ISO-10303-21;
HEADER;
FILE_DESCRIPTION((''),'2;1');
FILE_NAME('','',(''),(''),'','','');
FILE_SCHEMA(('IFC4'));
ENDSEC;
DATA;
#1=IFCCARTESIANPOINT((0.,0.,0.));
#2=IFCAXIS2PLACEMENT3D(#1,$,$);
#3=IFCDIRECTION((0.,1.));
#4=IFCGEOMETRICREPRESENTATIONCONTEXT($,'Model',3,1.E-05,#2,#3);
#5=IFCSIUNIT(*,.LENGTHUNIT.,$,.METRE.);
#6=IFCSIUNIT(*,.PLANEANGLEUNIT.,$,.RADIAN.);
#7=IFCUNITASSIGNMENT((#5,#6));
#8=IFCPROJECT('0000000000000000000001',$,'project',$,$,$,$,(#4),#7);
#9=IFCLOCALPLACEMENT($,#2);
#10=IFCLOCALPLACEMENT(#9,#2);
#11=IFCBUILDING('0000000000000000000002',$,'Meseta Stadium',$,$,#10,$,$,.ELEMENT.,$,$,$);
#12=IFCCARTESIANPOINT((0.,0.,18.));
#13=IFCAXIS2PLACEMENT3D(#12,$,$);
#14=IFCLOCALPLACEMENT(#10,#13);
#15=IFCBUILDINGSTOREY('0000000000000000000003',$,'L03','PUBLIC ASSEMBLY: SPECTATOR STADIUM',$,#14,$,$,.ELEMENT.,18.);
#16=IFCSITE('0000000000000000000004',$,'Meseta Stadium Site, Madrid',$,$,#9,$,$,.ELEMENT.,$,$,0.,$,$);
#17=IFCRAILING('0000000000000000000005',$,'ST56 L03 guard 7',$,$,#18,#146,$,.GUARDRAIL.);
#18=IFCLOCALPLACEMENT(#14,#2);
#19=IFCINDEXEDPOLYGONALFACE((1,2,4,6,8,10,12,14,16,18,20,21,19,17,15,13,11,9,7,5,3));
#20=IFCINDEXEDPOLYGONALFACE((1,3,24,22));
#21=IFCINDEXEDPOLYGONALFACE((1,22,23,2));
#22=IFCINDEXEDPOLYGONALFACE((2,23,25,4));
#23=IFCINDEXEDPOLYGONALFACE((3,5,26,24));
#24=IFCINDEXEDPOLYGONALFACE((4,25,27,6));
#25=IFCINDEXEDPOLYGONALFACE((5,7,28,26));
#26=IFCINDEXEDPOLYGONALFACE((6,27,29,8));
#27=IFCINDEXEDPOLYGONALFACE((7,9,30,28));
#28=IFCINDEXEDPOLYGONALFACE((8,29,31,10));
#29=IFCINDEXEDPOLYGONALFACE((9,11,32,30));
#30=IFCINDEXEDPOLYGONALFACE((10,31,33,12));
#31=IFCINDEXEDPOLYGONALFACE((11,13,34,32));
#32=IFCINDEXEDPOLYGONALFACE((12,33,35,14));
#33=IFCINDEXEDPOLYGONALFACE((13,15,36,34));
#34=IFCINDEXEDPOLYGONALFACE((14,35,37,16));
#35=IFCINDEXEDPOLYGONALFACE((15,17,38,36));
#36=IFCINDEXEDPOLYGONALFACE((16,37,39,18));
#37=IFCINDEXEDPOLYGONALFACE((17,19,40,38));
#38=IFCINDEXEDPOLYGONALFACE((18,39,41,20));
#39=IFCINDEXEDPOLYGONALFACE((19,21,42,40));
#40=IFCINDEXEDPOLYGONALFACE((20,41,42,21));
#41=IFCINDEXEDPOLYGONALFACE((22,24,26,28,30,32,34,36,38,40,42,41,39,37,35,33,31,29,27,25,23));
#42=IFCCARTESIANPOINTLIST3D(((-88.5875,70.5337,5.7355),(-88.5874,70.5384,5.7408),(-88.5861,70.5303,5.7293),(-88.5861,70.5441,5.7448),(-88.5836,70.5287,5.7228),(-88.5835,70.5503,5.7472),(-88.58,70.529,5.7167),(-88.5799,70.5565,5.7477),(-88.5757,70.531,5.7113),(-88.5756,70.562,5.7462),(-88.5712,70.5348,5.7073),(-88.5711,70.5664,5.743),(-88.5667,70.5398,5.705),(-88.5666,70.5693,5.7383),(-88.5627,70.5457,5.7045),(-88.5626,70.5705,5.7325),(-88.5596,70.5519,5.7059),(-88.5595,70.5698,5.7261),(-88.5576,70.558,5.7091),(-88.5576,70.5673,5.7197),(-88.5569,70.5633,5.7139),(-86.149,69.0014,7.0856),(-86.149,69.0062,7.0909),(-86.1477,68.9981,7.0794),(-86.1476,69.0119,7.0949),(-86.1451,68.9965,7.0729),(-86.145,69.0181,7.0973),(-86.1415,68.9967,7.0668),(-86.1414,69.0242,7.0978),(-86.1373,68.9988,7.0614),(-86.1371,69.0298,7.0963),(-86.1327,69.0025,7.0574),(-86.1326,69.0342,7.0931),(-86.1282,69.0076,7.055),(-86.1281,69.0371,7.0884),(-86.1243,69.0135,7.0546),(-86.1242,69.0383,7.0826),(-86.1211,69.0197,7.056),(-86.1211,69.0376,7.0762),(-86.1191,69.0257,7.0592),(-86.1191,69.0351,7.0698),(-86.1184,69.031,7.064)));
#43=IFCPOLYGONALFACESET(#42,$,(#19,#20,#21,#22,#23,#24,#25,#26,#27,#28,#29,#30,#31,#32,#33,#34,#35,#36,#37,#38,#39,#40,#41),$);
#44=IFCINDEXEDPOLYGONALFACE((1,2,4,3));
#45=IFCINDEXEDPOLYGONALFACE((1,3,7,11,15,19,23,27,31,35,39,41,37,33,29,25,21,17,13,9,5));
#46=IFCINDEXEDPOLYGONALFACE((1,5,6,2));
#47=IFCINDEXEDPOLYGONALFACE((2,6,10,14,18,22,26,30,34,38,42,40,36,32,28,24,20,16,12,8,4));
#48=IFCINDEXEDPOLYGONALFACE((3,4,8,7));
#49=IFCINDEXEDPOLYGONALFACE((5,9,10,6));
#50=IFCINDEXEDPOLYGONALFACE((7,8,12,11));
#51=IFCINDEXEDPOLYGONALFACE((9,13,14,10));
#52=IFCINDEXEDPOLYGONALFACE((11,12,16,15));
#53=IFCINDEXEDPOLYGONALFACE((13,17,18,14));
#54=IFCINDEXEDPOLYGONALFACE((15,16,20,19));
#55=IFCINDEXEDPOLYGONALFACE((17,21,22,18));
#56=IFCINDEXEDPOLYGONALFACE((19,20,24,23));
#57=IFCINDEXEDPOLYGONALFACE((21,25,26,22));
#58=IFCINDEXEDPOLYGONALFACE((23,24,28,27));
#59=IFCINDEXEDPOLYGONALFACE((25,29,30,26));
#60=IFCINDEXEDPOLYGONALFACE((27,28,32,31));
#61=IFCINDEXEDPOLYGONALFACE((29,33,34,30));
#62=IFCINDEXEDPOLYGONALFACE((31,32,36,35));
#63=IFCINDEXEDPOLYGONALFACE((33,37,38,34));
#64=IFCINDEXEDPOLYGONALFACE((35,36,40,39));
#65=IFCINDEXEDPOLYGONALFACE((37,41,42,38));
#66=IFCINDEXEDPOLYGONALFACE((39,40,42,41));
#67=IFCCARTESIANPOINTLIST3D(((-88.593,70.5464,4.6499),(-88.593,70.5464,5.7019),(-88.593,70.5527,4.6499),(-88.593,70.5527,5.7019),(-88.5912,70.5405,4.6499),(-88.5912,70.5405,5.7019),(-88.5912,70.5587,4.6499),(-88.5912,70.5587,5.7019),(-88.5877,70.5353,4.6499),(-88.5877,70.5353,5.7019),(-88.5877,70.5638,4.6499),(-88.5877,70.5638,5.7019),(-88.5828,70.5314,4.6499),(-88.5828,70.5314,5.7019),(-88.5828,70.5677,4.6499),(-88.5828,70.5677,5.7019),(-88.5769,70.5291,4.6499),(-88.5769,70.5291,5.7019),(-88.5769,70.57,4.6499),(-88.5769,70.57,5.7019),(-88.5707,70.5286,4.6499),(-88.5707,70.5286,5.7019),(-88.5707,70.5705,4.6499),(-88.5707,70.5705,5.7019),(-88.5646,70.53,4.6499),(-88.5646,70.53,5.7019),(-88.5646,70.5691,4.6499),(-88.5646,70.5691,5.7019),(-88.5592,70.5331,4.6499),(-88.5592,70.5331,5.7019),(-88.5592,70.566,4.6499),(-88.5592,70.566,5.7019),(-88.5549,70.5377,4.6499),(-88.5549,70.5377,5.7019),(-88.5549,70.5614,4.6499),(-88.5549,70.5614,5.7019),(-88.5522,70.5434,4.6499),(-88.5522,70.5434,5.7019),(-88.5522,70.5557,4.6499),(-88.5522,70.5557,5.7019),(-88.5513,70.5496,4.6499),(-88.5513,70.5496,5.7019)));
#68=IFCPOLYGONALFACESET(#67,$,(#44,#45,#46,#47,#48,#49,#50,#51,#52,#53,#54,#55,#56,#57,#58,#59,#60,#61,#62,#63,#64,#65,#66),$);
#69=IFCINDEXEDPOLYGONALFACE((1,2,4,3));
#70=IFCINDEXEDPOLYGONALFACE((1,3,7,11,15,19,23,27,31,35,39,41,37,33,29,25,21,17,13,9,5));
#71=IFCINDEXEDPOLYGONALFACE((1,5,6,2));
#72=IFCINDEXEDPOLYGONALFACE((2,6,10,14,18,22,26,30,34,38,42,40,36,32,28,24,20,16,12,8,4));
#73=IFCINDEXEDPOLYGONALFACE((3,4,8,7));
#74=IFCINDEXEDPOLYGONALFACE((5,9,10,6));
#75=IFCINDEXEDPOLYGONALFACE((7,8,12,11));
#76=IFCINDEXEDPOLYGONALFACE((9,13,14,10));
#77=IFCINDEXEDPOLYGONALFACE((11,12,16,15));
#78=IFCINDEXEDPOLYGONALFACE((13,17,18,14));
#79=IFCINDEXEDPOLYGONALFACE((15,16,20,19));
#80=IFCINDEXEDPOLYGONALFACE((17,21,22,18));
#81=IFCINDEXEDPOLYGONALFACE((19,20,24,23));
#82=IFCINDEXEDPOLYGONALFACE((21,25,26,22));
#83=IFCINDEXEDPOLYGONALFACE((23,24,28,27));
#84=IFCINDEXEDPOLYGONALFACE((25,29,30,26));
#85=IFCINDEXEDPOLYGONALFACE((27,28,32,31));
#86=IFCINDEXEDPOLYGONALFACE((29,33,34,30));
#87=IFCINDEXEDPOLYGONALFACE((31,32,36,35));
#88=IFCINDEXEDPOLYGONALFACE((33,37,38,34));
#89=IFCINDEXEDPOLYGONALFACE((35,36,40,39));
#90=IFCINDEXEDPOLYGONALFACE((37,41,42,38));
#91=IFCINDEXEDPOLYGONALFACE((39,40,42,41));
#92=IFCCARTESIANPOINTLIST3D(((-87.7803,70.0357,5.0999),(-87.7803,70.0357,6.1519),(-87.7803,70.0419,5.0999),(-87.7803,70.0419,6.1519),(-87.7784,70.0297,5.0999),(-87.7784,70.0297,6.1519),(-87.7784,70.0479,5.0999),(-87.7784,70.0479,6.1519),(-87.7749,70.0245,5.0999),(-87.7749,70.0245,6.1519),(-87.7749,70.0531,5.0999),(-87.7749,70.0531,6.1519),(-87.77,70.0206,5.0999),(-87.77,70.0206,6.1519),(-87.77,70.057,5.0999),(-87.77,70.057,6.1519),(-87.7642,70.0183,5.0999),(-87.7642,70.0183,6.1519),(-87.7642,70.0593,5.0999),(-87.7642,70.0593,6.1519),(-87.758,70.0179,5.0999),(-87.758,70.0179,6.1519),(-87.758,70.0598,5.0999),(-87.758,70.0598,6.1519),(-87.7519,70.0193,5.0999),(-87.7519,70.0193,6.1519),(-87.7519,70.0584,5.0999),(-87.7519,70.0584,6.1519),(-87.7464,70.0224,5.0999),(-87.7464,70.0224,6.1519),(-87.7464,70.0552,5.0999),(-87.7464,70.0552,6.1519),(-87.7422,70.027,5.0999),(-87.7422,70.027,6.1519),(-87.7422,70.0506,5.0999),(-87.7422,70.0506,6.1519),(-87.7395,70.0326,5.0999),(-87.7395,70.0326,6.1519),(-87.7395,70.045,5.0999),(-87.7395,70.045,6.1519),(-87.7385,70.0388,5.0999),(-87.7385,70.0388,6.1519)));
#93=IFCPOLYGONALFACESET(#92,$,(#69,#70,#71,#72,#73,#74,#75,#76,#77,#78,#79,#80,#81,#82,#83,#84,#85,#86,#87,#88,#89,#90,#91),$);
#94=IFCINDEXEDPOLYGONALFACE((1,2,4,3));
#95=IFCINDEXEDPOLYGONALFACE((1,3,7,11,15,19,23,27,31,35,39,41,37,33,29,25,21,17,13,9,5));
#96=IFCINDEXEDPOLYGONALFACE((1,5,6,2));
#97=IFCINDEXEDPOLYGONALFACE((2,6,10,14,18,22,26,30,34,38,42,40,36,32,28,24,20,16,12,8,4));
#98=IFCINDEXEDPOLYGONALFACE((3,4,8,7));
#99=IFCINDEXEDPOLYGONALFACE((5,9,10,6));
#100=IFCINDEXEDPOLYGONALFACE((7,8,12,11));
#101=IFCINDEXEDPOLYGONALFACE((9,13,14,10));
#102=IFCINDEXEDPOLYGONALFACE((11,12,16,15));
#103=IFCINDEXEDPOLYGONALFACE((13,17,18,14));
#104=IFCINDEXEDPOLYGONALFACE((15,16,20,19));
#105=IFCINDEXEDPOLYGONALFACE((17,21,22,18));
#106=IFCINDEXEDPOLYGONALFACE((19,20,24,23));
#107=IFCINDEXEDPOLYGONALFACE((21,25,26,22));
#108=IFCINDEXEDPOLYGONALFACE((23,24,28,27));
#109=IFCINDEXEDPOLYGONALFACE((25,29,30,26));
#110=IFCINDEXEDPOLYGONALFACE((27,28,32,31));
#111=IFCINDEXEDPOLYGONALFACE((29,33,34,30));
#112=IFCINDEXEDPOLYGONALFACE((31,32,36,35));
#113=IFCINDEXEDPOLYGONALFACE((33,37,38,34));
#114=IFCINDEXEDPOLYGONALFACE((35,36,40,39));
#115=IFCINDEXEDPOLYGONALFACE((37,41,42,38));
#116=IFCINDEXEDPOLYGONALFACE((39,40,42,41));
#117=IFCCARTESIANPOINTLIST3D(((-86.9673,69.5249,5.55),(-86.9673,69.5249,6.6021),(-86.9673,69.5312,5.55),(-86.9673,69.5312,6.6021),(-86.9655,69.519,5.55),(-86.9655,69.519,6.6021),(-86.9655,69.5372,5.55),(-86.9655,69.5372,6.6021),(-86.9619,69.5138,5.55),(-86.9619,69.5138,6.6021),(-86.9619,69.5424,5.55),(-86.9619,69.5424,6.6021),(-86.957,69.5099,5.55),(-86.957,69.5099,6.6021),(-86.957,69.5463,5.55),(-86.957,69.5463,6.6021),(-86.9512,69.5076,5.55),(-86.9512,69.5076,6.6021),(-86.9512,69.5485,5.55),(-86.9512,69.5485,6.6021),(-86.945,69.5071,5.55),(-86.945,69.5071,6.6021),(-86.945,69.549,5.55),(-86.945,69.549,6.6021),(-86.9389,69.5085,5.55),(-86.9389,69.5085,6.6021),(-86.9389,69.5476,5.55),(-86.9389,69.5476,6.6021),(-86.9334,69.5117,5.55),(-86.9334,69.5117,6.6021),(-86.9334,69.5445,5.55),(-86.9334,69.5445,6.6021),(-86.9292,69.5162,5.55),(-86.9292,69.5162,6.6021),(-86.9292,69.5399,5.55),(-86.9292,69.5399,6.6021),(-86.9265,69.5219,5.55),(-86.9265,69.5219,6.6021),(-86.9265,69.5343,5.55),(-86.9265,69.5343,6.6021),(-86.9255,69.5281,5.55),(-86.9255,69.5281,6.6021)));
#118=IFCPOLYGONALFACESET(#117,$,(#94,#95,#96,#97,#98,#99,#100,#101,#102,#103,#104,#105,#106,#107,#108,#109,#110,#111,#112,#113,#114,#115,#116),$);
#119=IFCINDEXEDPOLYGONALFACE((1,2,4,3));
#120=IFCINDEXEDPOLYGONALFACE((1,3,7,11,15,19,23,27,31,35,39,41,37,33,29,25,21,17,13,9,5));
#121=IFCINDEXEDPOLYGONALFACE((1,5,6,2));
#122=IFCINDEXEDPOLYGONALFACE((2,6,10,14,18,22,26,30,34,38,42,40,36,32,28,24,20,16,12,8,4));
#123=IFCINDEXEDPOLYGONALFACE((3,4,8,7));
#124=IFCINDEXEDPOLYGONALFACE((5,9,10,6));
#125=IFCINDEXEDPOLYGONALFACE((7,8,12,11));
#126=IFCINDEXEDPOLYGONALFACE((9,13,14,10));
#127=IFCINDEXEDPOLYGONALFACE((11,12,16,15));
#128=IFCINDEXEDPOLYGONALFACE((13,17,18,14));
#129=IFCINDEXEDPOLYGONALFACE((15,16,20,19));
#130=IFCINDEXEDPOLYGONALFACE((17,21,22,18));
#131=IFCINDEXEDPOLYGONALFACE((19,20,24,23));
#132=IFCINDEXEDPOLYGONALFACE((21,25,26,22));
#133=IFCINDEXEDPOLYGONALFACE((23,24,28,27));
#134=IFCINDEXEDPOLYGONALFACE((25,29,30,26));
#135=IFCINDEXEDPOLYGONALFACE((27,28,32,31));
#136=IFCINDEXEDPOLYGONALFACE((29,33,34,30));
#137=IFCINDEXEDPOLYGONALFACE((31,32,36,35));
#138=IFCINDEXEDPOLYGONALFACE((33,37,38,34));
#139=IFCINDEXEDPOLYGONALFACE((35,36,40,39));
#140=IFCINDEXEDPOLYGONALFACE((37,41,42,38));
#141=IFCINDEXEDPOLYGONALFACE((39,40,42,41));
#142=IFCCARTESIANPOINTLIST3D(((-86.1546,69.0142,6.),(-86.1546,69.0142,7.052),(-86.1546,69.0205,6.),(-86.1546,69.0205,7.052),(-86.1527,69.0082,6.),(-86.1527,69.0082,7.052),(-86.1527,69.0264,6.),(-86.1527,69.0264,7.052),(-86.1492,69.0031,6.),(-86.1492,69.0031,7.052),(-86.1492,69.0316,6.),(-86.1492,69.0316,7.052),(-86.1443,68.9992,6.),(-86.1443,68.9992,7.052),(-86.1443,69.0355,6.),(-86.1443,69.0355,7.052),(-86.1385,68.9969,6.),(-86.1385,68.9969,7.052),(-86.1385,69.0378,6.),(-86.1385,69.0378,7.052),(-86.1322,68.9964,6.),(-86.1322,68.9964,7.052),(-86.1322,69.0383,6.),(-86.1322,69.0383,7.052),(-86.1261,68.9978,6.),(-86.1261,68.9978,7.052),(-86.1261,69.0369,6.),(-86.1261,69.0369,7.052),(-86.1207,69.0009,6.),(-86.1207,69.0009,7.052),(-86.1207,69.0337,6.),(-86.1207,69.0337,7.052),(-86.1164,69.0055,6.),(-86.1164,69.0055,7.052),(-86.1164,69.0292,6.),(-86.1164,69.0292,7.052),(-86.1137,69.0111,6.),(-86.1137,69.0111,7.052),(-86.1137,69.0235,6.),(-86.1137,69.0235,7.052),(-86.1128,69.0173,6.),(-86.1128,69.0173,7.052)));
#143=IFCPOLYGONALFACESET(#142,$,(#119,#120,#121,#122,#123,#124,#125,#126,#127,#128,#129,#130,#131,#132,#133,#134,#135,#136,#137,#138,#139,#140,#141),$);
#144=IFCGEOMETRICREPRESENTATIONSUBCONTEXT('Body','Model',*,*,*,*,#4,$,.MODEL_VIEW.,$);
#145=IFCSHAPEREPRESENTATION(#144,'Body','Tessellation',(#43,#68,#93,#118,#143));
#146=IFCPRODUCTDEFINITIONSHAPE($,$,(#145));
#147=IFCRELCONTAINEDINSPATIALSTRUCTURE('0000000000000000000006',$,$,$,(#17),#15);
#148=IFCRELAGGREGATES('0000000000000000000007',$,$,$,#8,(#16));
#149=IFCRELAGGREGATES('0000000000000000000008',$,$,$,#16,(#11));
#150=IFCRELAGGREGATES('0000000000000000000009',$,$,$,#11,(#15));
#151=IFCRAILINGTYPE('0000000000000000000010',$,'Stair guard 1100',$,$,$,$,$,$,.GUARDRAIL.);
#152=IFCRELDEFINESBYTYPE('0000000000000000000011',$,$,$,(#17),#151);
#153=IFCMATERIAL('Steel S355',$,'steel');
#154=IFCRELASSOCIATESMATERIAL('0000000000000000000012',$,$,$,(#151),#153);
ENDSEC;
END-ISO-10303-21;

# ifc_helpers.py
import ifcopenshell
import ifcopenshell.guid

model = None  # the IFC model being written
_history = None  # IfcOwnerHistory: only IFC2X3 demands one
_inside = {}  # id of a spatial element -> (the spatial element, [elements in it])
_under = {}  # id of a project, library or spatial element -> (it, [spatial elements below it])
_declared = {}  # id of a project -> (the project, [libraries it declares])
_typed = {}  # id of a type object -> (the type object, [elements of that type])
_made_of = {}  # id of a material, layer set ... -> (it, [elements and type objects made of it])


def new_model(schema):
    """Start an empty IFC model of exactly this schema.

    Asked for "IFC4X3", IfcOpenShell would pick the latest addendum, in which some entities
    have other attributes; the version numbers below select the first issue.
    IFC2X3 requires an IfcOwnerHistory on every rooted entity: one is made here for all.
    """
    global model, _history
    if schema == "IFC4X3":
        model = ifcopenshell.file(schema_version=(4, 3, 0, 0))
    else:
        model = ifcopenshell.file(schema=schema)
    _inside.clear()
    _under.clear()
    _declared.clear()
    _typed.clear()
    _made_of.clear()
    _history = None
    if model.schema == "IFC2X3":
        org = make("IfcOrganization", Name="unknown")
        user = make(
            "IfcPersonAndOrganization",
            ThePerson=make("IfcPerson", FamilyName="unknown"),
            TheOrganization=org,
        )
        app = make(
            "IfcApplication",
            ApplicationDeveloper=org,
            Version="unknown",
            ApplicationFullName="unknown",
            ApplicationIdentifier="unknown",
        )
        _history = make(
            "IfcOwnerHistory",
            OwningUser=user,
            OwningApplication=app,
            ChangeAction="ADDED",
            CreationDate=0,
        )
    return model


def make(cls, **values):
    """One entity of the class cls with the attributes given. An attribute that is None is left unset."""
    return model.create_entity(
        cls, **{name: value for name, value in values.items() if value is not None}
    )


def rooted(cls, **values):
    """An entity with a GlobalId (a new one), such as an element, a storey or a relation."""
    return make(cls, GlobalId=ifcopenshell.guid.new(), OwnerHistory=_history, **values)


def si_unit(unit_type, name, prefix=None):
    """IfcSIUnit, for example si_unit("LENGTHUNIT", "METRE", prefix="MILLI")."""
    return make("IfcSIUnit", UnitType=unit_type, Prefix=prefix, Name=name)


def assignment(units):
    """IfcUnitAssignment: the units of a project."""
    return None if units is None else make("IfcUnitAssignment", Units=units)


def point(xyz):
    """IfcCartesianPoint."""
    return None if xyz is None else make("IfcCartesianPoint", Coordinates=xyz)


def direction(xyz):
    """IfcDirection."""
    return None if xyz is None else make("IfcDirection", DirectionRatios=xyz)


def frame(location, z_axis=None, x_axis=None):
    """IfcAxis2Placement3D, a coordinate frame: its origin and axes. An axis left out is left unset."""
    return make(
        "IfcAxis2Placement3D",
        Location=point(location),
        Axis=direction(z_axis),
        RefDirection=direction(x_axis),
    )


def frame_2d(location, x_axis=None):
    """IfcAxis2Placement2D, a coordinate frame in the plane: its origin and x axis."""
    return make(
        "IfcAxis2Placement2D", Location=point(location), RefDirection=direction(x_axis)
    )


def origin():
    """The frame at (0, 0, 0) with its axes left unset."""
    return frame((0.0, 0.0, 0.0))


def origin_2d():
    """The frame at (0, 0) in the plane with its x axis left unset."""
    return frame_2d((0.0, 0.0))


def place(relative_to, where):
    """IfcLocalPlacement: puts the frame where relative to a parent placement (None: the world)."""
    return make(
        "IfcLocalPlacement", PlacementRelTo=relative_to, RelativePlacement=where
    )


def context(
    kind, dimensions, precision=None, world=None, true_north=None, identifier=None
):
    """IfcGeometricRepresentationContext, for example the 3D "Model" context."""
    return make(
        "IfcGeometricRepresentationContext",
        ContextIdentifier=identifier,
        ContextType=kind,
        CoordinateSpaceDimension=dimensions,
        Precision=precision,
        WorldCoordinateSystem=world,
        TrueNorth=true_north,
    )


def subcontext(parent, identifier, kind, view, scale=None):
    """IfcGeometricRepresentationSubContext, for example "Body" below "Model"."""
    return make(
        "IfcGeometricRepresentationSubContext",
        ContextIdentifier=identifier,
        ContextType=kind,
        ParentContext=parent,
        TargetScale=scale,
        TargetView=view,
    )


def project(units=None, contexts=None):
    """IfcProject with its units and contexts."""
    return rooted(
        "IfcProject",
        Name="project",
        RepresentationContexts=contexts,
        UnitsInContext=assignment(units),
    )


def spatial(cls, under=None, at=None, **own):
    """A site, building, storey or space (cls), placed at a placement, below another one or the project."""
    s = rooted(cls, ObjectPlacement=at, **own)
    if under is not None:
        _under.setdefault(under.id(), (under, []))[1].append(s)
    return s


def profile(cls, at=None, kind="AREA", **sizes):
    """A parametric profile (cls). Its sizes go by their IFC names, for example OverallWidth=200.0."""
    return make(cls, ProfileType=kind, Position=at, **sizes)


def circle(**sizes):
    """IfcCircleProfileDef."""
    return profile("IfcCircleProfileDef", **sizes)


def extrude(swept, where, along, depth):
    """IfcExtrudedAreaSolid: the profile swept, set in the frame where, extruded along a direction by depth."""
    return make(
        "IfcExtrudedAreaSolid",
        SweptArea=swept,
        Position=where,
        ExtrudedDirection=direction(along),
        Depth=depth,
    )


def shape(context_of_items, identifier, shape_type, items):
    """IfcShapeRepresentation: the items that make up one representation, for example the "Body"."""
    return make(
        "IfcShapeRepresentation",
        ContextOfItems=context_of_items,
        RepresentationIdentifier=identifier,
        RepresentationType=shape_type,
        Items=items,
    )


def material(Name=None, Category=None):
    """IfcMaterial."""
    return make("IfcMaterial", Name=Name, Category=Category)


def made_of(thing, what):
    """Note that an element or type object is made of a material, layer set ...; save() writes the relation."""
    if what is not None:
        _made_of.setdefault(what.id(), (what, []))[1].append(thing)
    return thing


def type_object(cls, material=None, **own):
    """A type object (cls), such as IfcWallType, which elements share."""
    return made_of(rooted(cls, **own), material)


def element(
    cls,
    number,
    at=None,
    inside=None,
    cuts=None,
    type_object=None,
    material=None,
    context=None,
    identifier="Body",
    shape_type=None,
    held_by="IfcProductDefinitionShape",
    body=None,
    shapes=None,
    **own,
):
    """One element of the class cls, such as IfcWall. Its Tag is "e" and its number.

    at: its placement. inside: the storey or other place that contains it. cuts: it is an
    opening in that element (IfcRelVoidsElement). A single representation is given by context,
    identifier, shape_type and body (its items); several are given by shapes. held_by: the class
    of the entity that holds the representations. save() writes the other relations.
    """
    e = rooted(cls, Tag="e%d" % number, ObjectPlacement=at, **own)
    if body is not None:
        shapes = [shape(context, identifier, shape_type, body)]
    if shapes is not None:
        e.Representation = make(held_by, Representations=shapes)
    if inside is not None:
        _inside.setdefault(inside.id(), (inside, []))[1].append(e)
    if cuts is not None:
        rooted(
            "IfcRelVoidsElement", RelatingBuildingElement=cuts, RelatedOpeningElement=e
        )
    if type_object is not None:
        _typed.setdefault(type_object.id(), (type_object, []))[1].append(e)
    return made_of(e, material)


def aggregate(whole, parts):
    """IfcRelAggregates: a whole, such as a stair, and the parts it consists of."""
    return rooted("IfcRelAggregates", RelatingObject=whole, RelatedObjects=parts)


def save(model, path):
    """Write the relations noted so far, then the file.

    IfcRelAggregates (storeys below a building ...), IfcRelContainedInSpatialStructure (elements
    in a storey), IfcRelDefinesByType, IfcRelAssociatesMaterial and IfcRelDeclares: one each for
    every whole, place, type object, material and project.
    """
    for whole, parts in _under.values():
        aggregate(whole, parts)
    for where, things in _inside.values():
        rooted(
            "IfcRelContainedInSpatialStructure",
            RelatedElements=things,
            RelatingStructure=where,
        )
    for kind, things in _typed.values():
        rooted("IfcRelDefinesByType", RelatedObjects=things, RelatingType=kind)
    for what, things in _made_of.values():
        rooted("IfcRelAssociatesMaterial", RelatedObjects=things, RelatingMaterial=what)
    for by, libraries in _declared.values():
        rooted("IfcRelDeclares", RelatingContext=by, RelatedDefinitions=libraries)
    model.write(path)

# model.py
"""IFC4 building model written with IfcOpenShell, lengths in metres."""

from ifc_helpers import new_model, si_unit, direction, frame, origin, origin_2d, place, context, subcontext, project, spatial, circle, extrude, material, type_object, element, save


model = new_model("IFC4")

# Units and contexts
model_context = context("Model", 3, precision=1e-05, world=origin(), true_north=direction((0.0, 1.0)))
body_context = subcontext(model_context, "Body", "Model", "MODEL_VIEW")
ifc_project = project(units=[si_unit("LENGTHUNIT", "METRE"), si_unit("PLANEANGLEUNIT", "RADIAN")], contexts=[model_context])

# Site, building, storey
site_placement = place(None, origin())
site = spatial("IfcSite", under=ifc_project, at=site_placement, Name="Meseta Stadium Site, Madrid", CompositionType="ELEMENT", RefElevation=0.0)
building_placement = place(site_placement, origin())
building = spatial("IfcBuilding", under=site, at=building_placement, Name="Meseta Stadium", CompositionType="ELEMENT")
storey_placement = place(building_placement, frame((0.0, 0.0, 18.0)))
storey = spatial("IfcBuildingStorey", under=building, at=storey_placement, Name="L03", Description="PUBLIC ASSEMBLY: SPECTATOR STADIUM", CompositionType="ELEMENT", Elevation=18.0)

# Railing
ifc_material_1 = material(Name="Steel S355", Category="steel")
railing_type_1 = type_object("IfcRailingType", Name="Stair guard 1100", PredefinedType="GUARDRAIL", material=ifc_material_1)
railing_1_placement = place(storey_placement, frame((-88.5723, 70.5496, 4.6499)))
element("IfcRailing", 1, at=railing_1_placement, inside=storey, type_object=railing_type_1, Name="ST56 L03 guard 7", PredefinedType="GUARDRAIL", context=body_context, shape_type="SweptSolid", body=[
    extrude(circle(Radius=0.0239, at=origin_2d()), frame((0.0, 0.0, 1.0762), z_axis=(0.766655, -0.481731, 0.42447), x_axis=(0.53204, 0.846719, 0.0)), (0.0, 0.0, 1.0), 3.1807),
    extrude(circle(Radius=0.021, at=origin_2d()), origin(), (0.0, 0.0, 1.0), 1.052),
    extrude(circle(Radius=0.021, at=origin_2d()), frame((0.8127, -0.5107, 0.45)), (0.0, 0.0, 1.0), 1.052),
    extrude(circle(Radius=0.021, at=origin_2d()), frame((1.6257, -1.0215, 0.9001)), (0.0, 0.0, 1.0), 1.052),
    extrude(circle(Radius=0.021, at=origin_2d()), frame((2.4385, -1.5322, 1.3501)), (0.0, 0.0, 1.0), 1.052),
])

save(model, "model.ifc")
